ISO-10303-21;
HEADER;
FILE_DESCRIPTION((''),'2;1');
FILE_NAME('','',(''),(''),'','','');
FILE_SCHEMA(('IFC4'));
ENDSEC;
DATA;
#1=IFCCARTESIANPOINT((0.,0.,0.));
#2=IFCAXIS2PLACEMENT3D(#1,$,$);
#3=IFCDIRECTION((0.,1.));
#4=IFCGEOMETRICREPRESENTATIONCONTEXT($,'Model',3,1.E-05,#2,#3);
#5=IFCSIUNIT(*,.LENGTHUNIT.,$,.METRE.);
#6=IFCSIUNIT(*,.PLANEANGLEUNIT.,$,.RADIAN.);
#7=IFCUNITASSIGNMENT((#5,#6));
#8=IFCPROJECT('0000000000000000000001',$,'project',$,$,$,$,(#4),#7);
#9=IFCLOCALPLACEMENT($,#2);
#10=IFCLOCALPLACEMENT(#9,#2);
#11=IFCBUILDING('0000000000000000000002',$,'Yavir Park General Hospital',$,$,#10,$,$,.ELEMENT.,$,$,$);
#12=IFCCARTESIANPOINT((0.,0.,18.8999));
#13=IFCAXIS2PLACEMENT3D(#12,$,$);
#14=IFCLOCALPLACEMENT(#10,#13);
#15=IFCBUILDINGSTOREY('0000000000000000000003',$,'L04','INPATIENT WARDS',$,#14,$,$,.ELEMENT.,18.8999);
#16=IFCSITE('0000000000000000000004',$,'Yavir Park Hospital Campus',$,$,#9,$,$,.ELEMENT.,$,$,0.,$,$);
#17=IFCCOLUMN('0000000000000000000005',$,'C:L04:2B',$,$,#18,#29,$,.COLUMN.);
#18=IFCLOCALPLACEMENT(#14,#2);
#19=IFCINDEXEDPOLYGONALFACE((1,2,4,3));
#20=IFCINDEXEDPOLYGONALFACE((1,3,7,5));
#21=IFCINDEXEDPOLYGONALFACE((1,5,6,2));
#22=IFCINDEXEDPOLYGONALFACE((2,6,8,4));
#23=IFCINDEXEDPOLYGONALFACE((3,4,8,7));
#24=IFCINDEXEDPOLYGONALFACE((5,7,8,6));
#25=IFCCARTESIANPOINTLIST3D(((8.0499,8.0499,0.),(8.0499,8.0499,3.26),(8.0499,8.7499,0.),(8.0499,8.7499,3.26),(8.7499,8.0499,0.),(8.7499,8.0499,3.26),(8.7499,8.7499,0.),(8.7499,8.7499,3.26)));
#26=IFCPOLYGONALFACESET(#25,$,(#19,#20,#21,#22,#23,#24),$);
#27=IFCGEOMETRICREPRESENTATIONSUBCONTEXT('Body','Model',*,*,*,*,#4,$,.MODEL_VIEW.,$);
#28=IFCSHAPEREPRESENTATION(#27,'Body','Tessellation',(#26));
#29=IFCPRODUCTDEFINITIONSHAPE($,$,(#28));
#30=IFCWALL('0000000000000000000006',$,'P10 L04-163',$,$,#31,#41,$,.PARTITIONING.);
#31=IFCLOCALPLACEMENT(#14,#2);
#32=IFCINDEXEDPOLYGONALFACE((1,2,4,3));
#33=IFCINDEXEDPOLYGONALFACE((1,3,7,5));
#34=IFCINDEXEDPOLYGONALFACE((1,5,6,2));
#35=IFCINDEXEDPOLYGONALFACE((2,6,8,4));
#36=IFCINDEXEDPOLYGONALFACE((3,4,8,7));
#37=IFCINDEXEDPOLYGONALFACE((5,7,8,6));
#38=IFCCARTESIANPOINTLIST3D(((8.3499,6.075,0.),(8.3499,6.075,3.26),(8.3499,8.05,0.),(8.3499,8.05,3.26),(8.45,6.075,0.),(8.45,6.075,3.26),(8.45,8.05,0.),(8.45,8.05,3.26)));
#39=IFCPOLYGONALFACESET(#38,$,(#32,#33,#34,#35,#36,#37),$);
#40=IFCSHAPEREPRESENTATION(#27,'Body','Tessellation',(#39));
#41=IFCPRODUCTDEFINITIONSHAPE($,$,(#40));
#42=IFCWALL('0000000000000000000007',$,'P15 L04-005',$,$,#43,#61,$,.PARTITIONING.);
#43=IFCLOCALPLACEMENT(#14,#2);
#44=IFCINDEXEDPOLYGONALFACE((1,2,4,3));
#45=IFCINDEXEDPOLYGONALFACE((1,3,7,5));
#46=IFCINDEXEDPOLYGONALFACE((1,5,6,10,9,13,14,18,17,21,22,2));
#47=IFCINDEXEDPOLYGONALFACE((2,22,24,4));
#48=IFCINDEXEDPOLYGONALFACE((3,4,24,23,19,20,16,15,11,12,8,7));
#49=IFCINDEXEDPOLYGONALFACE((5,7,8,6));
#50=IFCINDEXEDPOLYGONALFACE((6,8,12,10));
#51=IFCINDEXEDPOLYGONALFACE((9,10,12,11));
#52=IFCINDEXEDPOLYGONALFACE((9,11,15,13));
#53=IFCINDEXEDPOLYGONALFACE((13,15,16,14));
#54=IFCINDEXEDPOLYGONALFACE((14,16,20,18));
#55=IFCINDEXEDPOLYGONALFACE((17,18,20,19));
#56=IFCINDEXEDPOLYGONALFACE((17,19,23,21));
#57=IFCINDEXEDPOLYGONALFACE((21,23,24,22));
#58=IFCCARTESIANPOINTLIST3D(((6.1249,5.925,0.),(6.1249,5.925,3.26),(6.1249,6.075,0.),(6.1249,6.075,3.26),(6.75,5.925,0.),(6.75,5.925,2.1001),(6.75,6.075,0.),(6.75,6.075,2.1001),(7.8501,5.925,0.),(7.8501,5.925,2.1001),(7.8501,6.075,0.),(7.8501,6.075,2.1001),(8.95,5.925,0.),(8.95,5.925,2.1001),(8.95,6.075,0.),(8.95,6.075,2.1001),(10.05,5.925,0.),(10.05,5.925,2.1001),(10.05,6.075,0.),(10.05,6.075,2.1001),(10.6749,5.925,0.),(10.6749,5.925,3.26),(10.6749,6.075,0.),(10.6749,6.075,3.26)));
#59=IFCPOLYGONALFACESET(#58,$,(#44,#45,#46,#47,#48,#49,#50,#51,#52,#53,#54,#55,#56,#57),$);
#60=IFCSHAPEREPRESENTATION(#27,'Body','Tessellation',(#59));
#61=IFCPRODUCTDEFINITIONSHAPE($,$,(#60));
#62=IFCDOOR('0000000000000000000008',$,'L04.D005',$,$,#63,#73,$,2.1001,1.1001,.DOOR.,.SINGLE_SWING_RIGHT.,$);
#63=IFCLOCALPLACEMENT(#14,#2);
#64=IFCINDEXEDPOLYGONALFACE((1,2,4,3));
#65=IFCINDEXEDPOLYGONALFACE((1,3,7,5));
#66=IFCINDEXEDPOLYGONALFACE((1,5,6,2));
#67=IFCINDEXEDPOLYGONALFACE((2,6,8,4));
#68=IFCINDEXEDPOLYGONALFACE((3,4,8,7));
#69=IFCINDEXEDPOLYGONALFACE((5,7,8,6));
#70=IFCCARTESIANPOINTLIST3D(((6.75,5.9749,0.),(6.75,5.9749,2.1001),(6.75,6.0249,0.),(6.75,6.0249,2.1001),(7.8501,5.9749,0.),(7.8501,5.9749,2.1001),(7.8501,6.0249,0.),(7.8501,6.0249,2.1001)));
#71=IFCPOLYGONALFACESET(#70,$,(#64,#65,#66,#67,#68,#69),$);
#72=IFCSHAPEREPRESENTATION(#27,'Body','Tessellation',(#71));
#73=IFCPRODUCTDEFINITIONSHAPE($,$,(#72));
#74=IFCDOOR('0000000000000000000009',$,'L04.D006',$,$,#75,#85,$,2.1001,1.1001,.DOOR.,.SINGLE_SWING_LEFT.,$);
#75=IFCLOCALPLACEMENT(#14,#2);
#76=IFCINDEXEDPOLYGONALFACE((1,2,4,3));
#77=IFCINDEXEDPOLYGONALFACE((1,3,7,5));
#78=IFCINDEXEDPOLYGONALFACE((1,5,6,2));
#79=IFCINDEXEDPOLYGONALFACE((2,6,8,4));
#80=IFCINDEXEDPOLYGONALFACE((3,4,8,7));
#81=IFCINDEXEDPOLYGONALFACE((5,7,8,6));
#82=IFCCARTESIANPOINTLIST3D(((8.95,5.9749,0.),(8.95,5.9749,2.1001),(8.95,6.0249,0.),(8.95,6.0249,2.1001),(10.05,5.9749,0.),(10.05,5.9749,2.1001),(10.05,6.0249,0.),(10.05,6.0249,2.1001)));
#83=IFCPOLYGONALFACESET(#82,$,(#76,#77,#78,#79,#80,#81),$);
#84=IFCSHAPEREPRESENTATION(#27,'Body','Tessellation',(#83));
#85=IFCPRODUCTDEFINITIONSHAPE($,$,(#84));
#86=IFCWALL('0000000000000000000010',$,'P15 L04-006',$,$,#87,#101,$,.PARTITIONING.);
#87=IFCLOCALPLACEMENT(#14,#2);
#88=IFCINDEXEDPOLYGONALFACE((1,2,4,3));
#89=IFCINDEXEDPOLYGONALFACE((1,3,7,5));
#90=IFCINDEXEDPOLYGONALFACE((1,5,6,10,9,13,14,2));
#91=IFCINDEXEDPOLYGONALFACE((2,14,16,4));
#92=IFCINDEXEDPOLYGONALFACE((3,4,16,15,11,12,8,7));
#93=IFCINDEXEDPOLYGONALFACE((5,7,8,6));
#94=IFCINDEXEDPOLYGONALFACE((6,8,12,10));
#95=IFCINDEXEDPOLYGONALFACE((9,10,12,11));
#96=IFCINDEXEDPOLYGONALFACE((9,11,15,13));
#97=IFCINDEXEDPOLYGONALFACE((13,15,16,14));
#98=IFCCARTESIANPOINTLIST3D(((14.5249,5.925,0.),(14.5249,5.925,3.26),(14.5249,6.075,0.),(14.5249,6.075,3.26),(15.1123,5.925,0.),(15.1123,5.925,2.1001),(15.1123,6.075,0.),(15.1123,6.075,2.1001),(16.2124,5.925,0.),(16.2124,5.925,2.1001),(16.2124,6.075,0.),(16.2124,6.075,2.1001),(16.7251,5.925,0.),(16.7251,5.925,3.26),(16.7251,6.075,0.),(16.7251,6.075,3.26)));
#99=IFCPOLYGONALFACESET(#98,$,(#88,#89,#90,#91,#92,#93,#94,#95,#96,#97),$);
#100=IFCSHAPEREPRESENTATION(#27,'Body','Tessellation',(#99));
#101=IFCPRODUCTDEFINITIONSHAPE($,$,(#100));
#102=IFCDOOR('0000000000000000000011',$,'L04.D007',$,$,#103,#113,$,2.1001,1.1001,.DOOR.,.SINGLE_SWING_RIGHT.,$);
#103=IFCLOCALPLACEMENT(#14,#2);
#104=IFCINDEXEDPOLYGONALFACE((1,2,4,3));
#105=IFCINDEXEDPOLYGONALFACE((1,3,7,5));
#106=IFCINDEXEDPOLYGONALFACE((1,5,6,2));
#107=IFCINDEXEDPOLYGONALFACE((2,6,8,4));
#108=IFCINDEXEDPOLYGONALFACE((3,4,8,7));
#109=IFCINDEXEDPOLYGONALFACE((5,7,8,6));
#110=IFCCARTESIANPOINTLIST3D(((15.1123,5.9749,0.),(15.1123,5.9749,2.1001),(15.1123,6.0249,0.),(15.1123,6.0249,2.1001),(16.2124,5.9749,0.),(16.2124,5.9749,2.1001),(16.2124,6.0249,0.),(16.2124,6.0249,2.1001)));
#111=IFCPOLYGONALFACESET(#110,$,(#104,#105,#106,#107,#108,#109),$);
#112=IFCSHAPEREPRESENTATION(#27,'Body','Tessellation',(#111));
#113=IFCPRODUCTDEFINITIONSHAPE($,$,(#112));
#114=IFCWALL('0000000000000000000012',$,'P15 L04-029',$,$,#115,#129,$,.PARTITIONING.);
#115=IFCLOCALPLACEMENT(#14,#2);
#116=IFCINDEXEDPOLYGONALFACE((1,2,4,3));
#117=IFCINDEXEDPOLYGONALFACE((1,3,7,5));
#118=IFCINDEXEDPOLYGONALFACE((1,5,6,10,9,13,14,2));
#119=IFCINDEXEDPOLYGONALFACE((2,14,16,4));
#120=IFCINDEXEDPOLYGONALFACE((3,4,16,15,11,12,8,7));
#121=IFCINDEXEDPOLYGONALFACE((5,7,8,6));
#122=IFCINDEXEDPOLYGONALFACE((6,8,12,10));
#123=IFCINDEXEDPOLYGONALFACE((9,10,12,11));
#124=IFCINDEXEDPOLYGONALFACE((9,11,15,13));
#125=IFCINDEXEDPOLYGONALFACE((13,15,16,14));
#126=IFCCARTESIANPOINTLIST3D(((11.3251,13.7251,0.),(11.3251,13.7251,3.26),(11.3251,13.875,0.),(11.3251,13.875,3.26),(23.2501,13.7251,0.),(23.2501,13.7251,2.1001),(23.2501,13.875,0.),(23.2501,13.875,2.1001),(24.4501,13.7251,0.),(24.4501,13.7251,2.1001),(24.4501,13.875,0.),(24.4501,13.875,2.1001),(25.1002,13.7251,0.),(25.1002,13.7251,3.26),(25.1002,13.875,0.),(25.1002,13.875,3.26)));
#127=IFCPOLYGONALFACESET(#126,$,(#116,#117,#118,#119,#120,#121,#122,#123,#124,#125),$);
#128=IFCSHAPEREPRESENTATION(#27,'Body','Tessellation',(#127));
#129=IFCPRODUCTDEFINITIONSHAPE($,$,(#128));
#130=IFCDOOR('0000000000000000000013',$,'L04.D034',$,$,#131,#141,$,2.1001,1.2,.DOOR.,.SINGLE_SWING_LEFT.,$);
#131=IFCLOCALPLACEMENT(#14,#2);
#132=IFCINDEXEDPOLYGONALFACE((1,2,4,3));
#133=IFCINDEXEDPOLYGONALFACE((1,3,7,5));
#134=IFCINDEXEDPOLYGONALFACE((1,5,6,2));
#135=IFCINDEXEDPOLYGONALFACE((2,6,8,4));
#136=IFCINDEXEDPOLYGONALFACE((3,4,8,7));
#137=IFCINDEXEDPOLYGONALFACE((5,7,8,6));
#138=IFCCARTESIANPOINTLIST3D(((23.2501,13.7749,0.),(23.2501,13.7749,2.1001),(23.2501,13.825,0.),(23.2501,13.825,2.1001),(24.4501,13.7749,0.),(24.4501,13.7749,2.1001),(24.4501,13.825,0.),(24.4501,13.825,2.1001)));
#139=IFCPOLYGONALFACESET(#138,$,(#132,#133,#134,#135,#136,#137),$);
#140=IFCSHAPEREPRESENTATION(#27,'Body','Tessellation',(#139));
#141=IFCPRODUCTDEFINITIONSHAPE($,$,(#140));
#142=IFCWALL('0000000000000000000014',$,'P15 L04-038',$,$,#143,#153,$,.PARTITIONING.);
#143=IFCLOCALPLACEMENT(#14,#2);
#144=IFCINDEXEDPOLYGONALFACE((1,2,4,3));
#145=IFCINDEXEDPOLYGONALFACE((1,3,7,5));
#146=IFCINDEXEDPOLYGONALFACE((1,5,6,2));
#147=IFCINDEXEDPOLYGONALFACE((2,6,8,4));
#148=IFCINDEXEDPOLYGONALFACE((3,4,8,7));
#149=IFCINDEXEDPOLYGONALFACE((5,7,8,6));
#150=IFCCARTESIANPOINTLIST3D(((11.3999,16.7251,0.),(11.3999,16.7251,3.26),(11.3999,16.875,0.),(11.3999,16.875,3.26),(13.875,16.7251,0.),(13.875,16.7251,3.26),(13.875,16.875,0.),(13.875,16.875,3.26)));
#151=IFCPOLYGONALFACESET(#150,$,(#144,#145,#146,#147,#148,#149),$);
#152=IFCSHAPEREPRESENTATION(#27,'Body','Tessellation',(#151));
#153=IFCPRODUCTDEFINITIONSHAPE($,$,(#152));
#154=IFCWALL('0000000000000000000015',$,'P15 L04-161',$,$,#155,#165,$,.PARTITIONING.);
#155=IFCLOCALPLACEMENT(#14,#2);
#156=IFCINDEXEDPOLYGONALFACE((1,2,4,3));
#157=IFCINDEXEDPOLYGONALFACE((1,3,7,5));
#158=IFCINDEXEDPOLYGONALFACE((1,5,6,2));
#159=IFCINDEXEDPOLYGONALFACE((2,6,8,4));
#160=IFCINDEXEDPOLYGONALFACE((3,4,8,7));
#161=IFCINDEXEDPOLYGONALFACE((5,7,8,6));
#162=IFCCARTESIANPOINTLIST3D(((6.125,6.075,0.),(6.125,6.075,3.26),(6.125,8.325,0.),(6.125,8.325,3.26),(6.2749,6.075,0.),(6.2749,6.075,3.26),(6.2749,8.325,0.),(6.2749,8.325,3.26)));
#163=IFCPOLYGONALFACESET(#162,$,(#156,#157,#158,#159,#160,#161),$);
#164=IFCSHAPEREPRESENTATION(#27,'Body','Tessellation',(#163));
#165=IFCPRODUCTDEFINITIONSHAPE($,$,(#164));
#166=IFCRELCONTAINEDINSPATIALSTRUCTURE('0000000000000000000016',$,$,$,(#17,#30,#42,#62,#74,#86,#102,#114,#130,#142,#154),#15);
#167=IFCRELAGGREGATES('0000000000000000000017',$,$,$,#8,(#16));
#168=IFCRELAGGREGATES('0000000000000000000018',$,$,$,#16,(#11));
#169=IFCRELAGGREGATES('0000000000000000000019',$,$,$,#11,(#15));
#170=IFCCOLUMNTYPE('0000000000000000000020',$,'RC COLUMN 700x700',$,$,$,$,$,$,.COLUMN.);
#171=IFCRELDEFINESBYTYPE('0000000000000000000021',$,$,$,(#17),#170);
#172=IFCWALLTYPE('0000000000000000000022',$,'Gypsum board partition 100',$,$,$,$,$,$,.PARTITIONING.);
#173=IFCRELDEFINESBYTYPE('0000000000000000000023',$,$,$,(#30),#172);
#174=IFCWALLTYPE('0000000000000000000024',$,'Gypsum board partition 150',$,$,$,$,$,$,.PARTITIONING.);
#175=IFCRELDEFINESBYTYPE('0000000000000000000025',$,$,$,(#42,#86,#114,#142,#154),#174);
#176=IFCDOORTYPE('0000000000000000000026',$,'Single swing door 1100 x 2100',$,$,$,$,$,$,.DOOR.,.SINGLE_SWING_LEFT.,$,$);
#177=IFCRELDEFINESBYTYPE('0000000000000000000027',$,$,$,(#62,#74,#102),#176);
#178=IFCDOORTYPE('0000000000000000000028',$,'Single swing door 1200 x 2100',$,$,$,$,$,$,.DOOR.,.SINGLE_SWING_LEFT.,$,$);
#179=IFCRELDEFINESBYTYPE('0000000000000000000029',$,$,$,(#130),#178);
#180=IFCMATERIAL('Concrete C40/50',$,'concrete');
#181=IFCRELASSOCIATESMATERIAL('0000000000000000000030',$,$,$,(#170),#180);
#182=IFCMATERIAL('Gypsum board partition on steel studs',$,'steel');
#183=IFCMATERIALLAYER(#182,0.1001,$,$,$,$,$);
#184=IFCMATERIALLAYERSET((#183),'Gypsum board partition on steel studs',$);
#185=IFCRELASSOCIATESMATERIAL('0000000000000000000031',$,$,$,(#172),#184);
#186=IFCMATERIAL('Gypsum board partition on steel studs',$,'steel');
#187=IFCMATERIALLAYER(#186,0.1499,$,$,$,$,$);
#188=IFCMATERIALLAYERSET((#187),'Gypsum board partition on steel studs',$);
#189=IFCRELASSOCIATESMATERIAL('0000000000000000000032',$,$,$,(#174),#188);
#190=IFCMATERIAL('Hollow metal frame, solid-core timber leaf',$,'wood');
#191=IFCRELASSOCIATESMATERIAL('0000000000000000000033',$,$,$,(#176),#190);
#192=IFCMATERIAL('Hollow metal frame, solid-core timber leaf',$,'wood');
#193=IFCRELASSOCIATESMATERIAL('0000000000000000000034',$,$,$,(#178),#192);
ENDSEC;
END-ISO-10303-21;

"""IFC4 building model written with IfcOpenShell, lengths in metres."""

from ifc_helpers import new_model, si_unit, direction, frame, frame_2d, origin, origin_2d, place, context, subcontext, project, spatial, rectangle, extrude, material, layer, layer_set, material_profile, profile_set, type_object, element, fill, save


model = new_model("IFC4")

# Units and contexts
model_context = context("Model", 3, precision=1e-05, world=origin(), true_north=direction((0.0, 1.0)))
body_context = subcontext(model_context, "Body", "Model", "MODEL_VIEW")
ifc_project = project(units=[si_unit("LENGTHUNIT", "METRE"), si_unit("PLANEANGLEUNIT", "RADIAN")], contexts=[model_context])

# Site, building, storey
site_placement = place(None, origin())
site = spatial("IfcSite", under=ifc_project, at=site_placement, Name="Yavir Park Hospital Campus", CompositionType="ELEMENT", RefElevation=0.0)
building_placement = place(site_placement, origin())
building = spatial("IfcBuilding", under=site, at=building_placement, Name="Yavir Park General Hospital", CompositionType="ELEMENT")
storey_placement = place(building_placement, frame((0.0, 0.0, 18.8999)))
storey = spatial("IfcBuildingStorey", under=building, at=storey_placement, Name="L04", Description="INPATIENT WARDS", CompositionType="ELEMENT", Elevation=18.8999)

# Column
ifc_material_1 = material(Name="Concrete C40/50", Category="concrete")
ifc_material_profile = material_profile(ifc_material_1, rectangle(XDim=0.7, YDim=0.7, at=origin_2d()), Name="RC700x700")
ifc_profile_set = profile_set([ifc_material_profile], Name="Concrete C40/50")
column_type = type_object("IfcColumnType", Name="RC COLUMN 700x700", PredefinedType="COLUMN", material=ifc_profile_set)
column_placement = place(storey_placement, frame((8.3999, 8.3999, 0.0), z_axis=(0.0, 0.0, 1.0), x_axis=(1.0, 0.0, 0.0)))
element("IfcColumn", 1, at=column_placement, inside=storey, type_object=column_type, Name="C:L04:2B", PredefinedType="COLUMN", context=body_context, shape_type="SweptSolid", body=[
    extrude(rectangle(XDim=0.7, YDim=0.7, at=origin_2d()), origin(), (0.0, 0.0, 1.0), 3.26),
])

# Wall
ifc_material_2 = material(Name="Gypsum board partition on steel studs", Category="steel")
ifc_layer_1 = layer(ifc_material_2, 0.1001)
ifc_layer_set_1 = layer_set([ifc_layer_1], Name="Gypsum board partition on steel studs")
wall_type_1 = type_object("IfcWallType", Name="Gypsum board partition 100", PredefinedType="PARTITIONING", material=ifc_layer_set_1)
wall_1_placement = place(storey_placement, frame((8.3999, 6.075, 0.0), z_axis=(0.0, 0.0, 1.0), x_axis=(0.0, 1.0, 0.0)))
element("IfcWall", 2, at=wall_1_placement, inside=storey, type_object=wall_type_1, Name="P10 L04-163", PredefinedType="PARTITIONING", context=body_context, shape_type="SweptSolid", body=[
    extrude(rectangle(XDim=1.9751, YDim=0.1001, at=frame_2d((0.9875, 0.0))), origin(), (0.0, 0.0, 1.0), 3.26),
])

# Wall, openings, doors
ifc_material_3 = material(Name="Gypsum board partition on steel studs", Category="steel")
ifc_layer_2 = layer(ifc_material_3, 0.1499)
ifc_layer_set_2 = layer_set([ifc_layer_2], Name="Gypsum board partition on steel studs")
wall_type_2 = type_object("IfcWallType", Name="Gypsum board partition 150", PredefinedType="PARTITIONING", material=ifc_layer_set_2)
wall_2_placement = place(storey_placement, frame((6.125, 6.0, 0.0), z_axis=(0.0, 0.0, 1.0), x_axis=(1.0, 0.0, 0.0)))
wall_2 = element("IfcWall", 3, at=wall_2_placement, inside=storey, type_object=wall_type_2, Name="P15 L04-005", PredefinedType="PARTITIONING", context=body_context, shape_type="SweptSolid", body=[
    extrude(rectangle(XDim=4.55, YDim=0.1499, at=frame_2d((2.2749, 0.0))), origin(), (0.0, 0.0, 1.0), 3.26),
])
opening_1_placement = place(wall_2_placement, frame((0.625, 0.0, 0.0)))
opening_1 = element("IfcOpeningElement", 4, at=opening_1_placement, cuts=wall_2, PredefinedType="OPENING", context=body_context, shape_type="SweptSolid", body=[
    extrude(rectangle(XDim=1.1001, YDim=2.1001, at=frame_2d((0.55, 1.05))), frame((0.0, 0.085, 0.0), z_axis=(0.0, -1.0, 0.0), x_axis=(1.0, 0.0, 0.0)), (0.0, 0.0, 1.0), 0.1699),
])
opening_2_placement = place(wall_2_placement, frame((2.825, 0.0, 0.0)))
opening_2 = element("IfcOpeningElement", 5, at=opening_2_placement, cuts=wall_2, PredefinedType="OPENING", context=body_context, shape_type="SweptSolid", body=[
    extrude(rectangle(XDim=1.1001, YDim=2.1001, at=frame_2d((0.55, 1.05))), frame((0.0, 0.085, 0.0), z_axis=(0.0, -1.0, 0.0), x_axis=(1.0, 0.0, 0.0)), (0.0, 0.0, 1.0), 0.1699),
])
ifc_material_4 = material(Name="Hollow metal frame, solid-core timber leaf", Category="wood")
door_type_1 = type_object("IfcDoorType", Name="Single swing door 1100 x 2100", OperationType="SINGLE_SWING_LEFT", PredefinedType="DOOR", material=ifc_material_4)
door_1_placement = place(opening_1_placement, origin())
door_1 = element("IfcDoor", 6, at=door_1_placement, inside=storey, type_object=door_type_1, Name="L04.D005", OperationType="SINGLE_SWING_RIGHT", OverallHeight=2.1001, OverallWidth=1.1001, PredefinedType="DOOR", context=body_context, shape_type="SweptSolid", body=[
    extrude(rectangle(XDim=1.1001, YDim=2.1001, at=frame_2d((0.55, 1.05))), frame((0.0, 0.0249, 0.0), z_axis=(0.0, -1.0, 0.0), x_axis=(1.0, 0.0, 0.0)), (0.0, 0.0, 1.0), 0.05),
])
fill(opening_1, door_1)
door_2_placement = place(opening_2_placement, origin())
door_2 = element("IfcDoor", 7, at=door_2_placement, inside=storey, type_object=door_type_1, Name="L04.D006", OperationType="SINGLE_SWING_LEFT", OverallHeight=2.1001, OverallWidth=1.1001, PredefinedType="DOOR", context=body_context, shape_type="SweptSolid", body=[
    extrude(rectangle(XDim=1.1001, YDim=2.1001, at=frame_2d((0.55, 1.05))), frame((0.0, 0.0249, 0.0), z_axis=(0.0, -1.0, 0.0), x_axis=(1.0, 0.0, 0.0)), (0.0, 0.0, 1.0), 0.05),
])
fill(opening_2, door_2)

# Wall, opening, door
wall_3_placement = place(storey_placement, frame((14.5249, 6.0, 0.0), z_axis=(0.0, 0.0, 1.0), x_axis=(1.0, 0.0, 0.0)))
wall_3 = element("IfcWall", 8, at=wall_3_placement, inside=storey, type_object=wall_type_2, Name="P15 L04-006", PredefinedType="PARTITIONING", context=body_context, shape_type="SweptSolid", body=[
    extrude(rectangle(XDim=2.2002, YDim=0.1499, at=frame_2d((1.1001, 0.0))), origin(), (0.0, 0.0, 1.0), 3.26),
])
opening_3_placement = place(wall_3_placement, frame((0.5874, 0.0, 0.0)))
opening_3 = element("IfcOpeningElement", 9, at=opening_3_placement, cuts=wall_3, PredefinedType="OPENING", context=body_context, shape_type="SweptSolid", body=[
    extrude(rectangle(XDim=1.1001, YDim=2.1001, at=frame_2d((0.55, 1.05))), frame((0.0, 0.085, 0.0), z_axis=(0.0, -1.0, 0.0), x_axis=(1.0, 0.0, 0.0)), (0.0, 0.0, 1.0), 0.1699),
])
door_3_placement = place(opening_3_placement, origin())
door_3 = element("IfcDoor", 10, at=door_3_placement, inside=storey, type_object=door_type_1, Name="L04.D007", OperationType="SINGLE_SWING_RIGHT", OverallHeight=2.1001, OverallWidth=1.1001, PredefinedType="DOOR", context=body_context, shape_type="SweptSolid", body=[
    extrude(rectangle(XDim=1.1001, YDim=2.1001, at=frame_2d((0.55, 1.05))), frame((0.0, 0.0249, 0.0), z_axis=(0.0, -1.0, 0.0), x_axis=(1.0, 0.0, 0.0)), (0.0, 0.0, 1.0), 0.05),
])
fill(opening_3, door_3)

# Wall, opening, door
wall_4_placement = place(storey_placement, frame((11.325, 13.8, 0.0), z_axis=(0.0, 0.0, 1.0), x_axis=(1.0, 0.0, 0.0)))
wall_4 = element("IfcWall", 11, at=wall_4_placement, inside=storey, type_object=wall_type_2, Name="P15 L04-029", PredefinedType="PARTITIONING", context=body_context, shape_type="SweptSolid", body=[
    extrude(rectangle(XDim=13.7751, YDim=0.1499, at=frame_2d((6.8877, 0.0))), origin(), (0.0, 0.0, 1.0), 3.26),
])
opening_4_placement = place(wall_4_placement, frame((11.925, 0.0, 0.0)))
opening_4 = element("IfcOpeningElement", 12, at=opening_4_placement, cuts=wall_4, PredefinedType="OPENING", context=body_context, shape_type="SweptSolid", body=[
    extrude(rectangle(XDim=1.2, YDim=2.1001, at=frame_2d((0.6001, 1.05))), frame((0.0, 0.085, 0.0), z_axis=(0.0, -1.0, 0.0), x_axis=(1.0, 0.0, 0.0)), (0.0, 0.0, 1.0), 0.1699),
])
ifc_material_5 = material(Name="Hollow metal frame, solid-core timber leaf", Category="wood")
door_type_2 = type_object("IfcDoorType", Name="Single swing door 1200 x 2100", OperationType="SINGLE_SWING_LEFT", PredefinedType="DOOR", material=ifc_material_5)
door_4_placement = place(opening_4_placement, origin())
door_4 = element("IfcDoor", 13, at=door_4_placement, inside=storey, type_object=door_type_2, Name="L04.D034", OperationType="SINGLE_SWING_LEFT", OverallHeight=2.1001, OverallWidth=1.2, PredefinedType="DOOR", context=body_context, shape_type="SweptSolid", body=[
    extrude(rectangle(XDim=1.2, YDim=2.1001, at=frame_2d((0.6001, 1.05))), frame((0.0, 0.0249, 0.0), z_axis=(0.0, -1.0, 0.0), x_axis=(1.0, 0.0, 0.0)), (0.0, 0.0, 1.0), 0.05),
])
fill(opening_4, door_4)

# Walls
wall_5_placement = place(storey_placement, frame((11.3999, 16.8, 0.0), z_axis=(0.0, 0.0, 1.0), x_axis=(1.0, 0.0, 0.0)))
element("IfcWall", 14, at=wall_5_placement, inside=storey, type_object=wall_type_2, Name="P15 L04-038", PredefinedType="PARTITIONING", context=body_context, shape_type="SweptSolid", body=[
    extrude(rectangle(XDim=2.4751, YDim=0.1499, at=frame_2d((1.2375, 0.0))), origin(), (0.0, 0.0, 1.0), 3.26),
])
wall_6_placement = place(storey_placement, frame((6.2, 6.075, 0.0), z_axis=(0.0, 0.0, 1.0), x_axis=(0.0, 1.0, 0.0)))
element("IfcWall", 15, at=wall_6_placement, inside=storey, type_object=wall_type_2, Name="P15 L04-161", PredefinedType="PARTITIONING", context=body_context, shape_type="SweptSolid", body=[
    extrude(rectangle(XDim=2.25, YDim=0.1499, at=frame_2d((1.125, 0.0))), origin(), (0.0, 0.0, 1.0), 3.26),
])

save(model, "model.ifc")
